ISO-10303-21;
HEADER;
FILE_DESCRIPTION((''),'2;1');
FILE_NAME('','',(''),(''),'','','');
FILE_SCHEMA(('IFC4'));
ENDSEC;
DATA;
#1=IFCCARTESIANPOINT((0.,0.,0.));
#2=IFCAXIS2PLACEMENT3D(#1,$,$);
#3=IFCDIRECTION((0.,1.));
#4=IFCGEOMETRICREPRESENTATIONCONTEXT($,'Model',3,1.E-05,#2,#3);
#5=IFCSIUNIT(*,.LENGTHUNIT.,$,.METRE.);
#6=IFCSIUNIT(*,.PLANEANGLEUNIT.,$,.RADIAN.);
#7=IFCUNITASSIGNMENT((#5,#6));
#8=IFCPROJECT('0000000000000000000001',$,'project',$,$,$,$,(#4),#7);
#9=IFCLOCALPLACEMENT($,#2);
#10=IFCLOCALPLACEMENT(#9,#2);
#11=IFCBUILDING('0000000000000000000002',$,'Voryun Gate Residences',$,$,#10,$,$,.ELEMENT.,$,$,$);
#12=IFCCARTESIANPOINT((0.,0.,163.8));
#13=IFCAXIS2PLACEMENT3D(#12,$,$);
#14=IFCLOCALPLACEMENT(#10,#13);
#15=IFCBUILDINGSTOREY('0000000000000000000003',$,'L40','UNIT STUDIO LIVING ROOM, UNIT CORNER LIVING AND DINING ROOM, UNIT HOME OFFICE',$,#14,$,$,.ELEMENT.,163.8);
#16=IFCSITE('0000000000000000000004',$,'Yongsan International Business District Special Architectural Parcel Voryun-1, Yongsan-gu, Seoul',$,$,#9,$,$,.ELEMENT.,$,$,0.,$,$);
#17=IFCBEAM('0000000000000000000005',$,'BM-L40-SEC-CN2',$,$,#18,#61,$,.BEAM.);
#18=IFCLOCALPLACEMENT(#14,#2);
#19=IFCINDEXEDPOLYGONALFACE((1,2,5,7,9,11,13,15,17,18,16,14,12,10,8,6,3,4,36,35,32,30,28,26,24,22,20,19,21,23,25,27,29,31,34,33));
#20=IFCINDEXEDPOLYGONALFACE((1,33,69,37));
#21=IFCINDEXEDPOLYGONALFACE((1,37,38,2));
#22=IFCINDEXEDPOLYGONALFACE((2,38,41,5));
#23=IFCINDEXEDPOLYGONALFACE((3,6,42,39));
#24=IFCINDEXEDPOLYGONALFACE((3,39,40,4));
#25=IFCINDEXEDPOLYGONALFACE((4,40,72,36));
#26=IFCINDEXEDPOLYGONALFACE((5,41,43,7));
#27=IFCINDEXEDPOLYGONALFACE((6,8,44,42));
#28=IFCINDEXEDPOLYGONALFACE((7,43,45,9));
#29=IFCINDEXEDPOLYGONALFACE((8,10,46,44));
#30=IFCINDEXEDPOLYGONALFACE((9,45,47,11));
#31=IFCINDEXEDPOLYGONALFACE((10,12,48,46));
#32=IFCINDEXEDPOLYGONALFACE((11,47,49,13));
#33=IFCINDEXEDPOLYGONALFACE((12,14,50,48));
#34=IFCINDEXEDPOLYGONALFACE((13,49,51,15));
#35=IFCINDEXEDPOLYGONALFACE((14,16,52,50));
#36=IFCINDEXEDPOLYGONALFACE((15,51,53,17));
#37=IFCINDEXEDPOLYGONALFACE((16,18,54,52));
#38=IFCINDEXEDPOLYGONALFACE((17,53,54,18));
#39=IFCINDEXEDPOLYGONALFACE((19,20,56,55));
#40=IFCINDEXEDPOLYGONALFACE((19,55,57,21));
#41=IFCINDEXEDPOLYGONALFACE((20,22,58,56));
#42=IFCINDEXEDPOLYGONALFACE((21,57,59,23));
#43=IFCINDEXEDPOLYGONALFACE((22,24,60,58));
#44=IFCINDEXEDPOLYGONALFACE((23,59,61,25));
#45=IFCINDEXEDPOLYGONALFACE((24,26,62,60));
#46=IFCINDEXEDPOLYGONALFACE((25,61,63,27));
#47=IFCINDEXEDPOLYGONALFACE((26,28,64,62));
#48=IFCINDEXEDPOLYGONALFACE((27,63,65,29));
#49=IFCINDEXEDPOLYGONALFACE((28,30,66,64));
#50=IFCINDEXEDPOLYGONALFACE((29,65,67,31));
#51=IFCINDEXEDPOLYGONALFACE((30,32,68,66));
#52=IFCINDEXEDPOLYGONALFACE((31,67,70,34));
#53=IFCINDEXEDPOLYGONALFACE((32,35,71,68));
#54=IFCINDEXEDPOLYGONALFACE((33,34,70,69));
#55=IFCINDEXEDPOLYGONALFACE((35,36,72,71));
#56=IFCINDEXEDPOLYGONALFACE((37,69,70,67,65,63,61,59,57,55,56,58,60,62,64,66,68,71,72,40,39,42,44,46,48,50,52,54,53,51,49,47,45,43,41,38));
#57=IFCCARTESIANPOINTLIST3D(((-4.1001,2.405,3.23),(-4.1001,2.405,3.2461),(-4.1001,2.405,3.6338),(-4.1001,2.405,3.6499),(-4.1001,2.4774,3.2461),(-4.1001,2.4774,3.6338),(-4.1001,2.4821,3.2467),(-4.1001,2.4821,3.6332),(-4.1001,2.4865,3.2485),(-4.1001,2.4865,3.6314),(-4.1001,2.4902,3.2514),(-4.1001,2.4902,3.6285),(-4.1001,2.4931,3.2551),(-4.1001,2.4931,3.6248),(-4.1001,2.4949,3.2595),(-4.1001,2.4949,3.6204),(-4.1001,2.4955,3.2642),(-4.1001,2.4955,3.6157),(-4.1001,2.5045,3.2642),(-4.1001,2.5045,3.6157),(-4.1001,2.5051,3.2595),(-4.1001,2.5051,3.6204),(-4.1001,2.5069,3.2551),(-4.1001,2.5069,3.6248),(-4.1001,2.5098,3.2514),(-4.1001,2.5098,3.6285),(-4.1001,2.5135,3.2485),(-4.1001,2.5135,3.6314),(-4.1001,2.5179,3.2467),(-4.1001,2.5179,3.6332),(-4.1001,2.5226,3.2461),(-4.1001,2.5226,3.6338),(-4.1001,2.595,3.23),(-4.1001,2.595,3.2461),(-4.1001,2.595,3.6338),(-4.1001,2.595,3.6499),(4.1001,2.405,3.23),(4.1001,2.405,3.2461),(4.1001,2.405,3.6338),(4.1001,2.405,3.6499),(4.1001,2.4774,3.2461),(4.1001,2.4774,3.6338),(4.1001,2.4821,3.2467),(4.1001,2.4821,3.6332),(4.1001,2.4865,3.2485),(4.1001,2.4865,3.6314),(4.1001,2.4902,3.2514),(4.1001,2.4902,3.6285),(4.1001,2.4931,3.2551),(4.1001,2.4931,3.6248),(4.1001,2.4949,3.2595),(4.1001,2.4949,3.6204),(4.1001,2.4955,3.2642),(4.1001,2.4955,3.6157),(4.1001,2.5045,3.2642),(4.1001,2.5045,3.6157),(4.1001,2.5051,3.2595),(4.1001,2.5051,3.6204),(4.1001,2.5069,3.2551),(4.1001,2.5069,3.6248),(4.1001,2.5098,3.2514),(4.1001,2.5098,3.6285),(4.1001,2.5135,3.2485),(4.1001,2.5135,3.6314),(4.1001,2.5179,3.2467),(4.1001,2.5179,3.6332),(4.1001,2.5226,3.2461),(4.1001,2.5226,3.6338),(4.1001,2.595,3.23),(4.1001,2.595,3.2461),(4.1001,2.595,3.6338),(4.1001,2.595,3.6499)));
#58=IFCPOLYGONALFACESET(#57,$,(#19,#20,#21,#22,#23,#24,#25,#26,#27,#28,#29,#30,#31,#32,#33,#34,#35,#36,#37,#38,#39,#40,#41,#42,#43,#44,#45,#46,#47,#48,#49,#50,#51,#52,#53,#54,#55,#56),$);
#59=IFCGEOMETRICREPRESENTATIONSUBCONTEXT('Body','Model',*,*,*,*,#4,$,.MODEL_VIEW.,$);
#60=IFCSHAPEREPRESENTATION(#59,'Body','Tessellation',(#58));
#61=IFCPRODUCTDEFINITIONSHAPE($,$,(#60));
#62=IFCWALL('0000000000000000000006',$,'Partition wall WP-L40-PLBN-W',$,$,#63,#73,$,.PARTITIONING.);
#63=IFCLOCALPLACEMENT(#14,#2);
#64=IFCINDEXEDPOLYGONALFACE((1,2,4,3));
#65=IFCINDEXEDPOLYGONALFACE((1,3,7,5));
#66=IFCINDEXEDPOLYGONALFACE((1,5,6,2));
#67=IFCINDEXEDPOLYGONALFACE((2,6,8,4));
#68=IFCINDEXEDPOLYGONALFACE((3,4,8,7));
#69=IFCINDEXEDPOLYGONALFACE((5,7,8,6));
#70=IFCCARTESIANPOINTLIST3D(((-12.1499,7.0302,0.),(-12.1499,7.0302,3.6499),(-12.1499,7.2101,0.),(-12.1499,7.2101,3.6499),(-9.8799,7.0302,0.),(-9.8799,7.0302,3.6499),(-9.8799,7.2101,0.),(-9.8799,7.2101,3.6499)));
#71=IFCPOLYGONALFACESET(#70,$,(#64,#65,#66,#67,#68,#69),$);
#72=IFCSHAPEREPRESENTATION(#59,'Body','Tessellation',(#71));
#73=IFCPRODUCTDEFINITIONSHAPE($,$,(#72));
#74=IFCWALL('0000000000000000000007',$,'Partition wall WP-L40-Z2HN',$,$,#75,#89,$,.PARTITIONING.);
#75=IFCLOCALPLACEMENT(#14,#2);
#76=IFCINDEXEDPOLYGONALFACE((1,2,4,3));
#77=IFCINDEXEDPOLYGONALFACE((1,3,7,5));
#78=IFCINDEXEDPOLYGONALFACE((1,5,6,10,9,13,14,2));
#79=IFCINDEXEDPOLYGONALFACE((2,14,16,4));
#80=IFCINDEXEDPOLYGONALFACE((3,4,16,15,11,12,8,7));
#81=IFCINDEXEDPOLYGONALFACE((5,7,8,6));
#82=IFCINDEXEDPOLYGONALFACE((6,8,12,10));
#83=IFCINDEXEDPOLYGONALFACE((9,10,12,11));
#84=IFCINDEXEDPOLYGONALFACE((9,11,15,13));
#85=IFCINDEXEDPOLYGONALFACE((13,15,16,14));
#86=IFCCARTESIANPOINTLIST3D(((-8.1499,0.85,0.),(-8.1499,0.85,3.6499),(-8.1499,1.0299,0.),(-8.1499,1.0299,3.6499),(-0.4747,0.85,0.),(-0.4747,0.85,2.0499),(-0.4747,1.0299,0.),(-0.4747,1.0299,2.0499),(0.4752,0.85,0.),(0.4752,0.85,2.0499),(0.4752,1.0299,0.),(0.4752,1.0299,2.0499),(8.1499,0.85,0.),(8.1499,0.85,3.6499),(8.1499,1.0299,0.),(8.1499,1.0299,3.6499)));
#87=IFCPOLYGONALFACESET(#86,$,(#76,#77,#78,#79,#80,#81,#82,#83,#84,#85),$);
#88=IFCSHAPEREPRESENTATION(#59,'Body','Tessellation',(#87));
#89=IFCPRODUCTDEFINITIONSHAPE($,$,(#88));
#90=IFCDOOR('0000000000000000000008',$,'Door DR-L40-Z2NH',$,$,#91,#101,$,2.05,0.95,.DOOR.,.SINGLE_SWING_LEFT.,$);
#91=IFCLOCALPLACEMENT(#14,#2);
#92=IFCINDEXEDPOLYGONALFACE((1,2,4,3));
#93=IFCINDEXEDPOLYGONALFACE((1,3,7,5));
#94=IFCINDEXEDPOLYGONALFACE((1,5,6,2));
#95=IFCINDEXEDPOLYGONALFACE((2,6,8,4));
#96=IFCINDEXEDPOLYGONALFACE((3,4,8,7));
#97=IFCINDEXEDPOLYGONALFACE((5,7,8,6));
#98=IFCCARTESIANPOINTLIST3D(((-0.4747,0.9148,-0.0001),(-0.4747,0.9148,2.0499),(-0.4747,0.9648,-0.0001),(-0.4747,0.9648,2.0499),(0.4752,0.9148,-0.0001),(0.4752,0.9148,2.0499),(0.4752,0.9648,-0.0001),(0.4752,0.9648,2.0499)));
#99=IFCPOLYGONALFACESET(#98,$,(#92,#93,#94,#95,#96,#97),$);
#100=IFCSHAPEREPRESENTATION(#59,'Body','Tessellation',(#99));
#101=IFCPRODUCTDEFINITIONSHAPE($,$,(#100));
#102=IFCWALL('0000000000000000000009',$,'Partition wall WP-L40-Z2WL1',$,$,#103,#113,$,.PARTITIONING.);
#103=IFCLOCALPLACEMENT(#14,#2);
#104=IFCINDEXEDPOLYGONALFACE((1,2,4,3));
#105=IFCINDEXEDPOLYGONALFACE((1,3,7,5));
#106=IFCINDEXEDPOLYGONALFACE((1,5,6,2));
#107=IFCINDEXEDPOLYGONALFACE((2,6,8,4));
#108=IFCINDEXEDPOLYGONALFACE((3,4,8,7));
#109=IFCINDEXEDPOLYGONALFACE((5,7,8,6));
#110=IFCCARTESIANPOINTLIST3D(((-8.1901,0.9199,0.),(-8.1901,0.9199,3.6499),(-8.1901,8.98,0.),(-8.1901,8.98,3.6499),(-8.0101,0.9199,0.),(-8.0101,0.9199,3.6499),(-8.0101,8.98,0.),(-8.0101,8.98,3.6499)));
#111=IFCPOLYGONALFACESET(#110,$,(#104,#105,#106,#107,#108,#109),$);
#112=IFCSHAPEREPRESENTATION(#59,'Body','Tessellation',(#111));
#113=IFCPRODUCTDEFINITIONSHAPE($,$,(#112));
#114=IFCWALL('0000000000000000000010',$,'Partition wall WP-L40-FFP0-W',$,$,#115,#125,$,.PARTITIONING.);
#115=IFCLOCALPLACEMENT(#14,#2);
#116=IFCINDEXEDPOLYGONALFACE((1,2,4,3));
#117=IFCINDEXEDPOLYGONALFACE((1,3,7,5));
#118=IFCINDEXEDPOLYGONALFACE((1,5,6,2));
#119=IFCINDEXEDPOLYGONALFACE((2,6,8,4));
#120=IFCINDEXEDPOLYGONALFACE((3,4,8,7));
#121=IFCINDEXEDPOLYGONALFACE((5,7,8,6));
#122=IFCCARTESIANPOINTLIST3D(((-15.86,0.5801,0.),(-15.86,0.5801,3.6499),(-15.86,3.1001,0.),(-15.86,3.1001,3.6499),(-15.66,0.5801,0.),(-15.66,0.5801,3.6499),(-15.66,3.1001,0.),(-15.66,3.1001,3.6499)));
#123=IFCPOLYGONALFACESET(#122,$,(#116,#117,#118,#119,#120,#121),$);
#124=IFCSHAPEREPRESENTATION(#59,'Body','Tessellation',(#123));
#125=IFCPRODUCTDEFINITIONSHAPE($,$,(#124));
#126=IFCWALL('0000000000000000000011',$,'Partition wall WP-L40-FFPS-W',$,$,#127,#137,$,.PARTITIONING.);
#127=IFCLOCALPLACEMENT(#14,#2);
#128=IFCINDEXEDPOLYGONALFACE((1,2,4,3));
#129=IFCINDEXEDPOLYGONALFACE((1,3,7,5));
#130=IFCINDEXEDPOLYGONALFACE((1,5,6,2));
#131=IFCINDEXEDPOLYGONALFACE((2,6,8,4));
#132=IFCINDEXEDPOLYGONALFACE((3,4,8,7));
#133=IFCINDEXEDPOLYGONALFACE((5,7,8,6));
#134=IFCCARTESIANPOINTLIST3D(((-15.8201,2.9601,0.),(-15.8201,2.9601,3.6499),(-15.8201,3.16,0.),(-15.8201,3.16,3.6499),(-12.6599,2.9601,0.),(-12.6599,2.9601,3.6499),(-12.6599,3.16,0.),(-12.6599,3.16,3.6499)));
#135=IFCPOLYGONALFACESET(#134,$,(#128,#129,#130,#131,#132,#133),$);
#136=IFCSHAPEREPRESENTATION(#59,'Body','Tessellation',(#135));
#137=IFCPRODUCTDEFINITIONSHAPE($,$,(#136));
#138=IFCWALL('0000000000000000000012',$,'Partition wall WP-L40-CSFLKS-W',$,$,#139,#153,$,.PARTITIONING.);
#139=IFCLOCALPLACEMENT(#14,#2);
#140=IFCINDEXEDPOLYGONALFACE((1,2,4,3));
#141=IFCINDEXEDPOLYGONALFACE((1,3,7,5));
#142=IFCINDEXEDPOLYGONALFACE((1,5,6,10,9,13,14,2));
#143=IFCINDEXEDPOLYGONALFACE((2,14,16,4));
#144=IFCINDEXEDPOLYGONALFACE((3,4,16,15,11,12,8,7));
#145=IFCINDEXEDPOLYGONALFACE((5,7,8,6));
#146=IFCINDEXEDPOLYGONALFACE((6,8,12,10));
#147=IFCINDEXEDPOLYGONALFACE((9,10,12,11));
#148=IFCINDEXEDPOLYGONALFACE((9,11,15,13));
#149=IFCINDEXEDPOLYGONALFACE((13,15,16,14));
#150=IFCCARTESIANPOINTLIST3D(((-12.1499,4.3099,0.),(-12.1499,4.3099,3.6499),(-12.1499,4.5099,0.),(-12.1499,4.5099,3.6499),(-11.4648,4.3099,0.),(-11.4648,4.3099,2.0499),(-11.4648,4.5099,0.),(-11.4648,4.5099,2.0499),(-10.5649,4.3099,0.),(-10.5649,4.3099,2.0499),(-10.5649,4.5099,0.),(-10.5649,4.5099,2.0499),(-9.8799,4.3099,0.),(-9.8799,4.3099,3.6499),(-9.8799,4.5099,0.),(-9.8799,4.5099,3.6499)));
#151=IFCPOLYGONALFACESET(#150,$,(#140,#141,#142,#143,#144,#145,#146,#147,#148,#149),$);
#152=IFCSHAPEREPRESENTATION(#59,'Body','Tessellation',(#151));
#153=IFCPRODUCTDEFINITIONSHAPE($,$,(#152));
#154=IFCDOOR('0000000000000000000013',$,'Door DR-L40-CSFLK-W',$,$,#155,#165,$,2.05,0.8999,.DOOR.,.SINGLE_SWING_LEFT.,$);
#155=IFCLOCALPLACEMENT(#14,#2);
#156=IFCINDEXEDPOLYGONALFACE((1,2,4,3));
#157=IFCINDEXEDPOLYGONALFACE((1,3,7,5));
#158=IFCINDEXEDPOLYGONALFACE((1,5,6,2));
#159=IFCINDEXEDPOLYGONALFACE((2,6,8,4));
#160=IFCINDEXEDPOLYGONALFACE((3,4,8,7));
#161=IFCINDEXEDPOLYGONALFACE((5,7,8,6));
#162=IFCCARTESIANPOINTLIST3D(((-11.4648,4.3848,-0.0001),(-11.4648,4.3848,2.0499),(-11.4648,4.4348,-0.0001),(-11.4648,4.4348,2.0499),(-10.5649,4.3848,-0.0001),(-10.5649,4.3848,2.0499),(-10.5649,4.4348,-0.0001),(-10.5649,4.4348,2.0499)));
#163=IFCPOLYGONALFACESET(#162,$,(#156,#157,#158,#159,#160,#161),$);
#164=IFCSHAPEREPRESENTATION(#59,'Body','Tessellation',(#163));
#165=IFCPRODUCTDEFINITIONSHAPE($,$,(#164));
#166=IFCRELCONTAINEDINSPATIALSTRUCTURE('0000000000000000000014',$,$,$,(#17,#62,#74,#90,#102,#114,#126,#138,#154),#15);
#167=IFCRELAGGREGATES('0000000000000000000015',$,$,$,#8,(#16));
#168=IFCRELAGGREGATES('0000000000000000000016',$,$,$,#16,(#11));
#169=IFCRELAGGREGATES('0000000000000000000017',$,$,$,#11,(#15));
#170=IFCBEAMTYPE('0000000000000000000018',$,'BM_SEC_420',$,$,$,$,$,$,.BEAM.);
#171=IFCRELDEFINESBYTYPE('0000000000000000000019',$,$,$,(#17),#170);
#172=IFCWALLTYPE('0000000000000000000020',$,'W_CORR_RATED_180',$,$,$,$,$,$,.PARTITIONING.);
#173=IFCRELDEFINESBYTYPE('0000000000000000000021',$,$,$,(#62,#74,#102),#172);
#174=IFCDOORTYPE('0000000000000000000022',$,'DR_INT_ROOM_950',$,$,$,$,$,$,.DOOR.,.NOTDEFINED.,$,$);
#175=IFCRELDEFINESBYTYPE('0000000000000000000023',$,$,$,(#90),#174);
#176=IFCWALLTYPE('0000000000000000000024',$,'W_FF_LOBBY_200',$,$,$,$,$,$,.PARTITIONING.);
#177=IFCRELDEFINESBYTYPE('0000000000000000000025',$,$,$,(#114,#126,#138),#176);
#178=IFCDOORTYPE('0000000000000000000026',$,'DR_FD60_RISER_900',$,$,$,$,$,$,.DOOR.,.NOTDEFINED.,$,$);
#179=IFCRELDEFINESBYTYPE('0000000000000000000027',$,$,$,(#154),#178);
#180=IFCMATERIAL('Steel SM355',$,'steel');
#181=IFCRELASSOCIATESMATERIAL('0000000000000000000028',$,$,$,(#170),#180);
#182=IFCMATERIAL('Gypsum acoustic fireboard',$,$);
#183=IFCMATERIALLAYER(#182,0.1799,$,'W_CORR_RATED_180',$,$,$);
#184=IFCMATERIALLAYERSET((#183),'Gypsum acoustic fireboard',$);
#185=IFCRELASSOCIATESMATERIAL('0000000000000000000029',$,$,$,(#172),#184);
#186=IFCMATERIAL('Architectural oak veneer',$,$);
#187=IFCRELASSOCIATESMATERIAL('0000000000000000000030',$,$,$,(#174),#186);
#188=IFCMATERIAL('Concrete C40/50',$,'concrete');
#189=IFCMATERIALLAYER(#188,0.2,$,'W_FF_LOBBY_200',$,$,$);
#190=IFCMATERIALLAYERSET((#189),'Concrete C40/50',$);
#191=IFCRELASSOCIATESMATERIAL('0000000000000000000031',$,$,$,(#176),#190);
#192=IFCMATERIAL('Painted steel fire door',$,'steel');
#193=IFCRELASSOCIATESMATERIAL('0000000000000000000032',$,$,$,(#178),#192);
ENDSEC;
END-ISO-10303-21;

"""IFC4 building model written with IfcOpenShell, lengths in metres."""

from ifc_helpers import new_model, si_unit, direction, frame, frame_2d, origin, origin_2d, place, context, subcontext, project, spatial, rectangle, i_section, extrude, material, layer, layer_set, material_profile, profile_set, type_object, element, fill, save


model = new_model("IFC4")

# Units and contexts
model_context = context("Model", 3, precision=1e-05, world=origin(), true_north=direction((0.0, 1.0)))
body_context = subcontext(model_context, "Body", "Model", "MODEL_VIEW")
ifc_project = project(units=[si_unit("LENGTHUNIT", "METRE"), si_unit("PLANEANGLEUNIT", "RADIAN")], contexts=[model_context])

# Site, building, storey
site_placement = place(None, origin())
site = spatial("IfcSite", under=ifc_project, at=site_placement, Name="Yongsan International Business District Special Architectural Parcel Voryun-1, Yongsan-gu, Seoul", CompositionType="ELEMENT", RefElevation=0.0)
building_placement = place(site_placement, origin())
building = spatial("IfcBuilding", under=site, at=building_placement, Name="Voryun Gate Residences", CompositionType="ELEMENT")
storey_placement = place(building_placement, frame((0.0, 0.0, 163.8)))
storey = spatial("IfcBuildingStorey", under=building, at=storey_placement, Name="L40", Description="UNIT STUDIO LIVING ROOM, UNIT CORNER LIVING AND DINING ROOM, UNIT HOME OFFICE", CompositionType="ELEMENT", Elevation=163.8)

# Beam
ifc_material_1 = material(Name="Steel SM355", Category="steel")
ifc_material_profile_1 = material_profile(ifc_material_1, i_section(OverallWidth=0.1899, OverallDepth=0.4199, WebThickness=0.009, FlangeThickness=0.0161, FilletRadius=0.0181, at=origin_2d()), Name="H-420x190x9x16")
ifc_profile_set_1 = profile_set([ifc_material_profile_1], Name="Steel SM355")
beam_type = type_object("IfcBeamType", Name="BM_SEC_420", PredefinedType="BEAM", material=ifc_profile_set_1)
beam_1_placement = place(storey_placement, frame((-4.1001, 2.5, 3.4399), z_axis=(1.0, 0.0, 0.0), x_axis=(0.0, 1.0, 0.0)))
element("IfcBeam", 1, at=beam_1_placement, inside=storey, type_object=beam_type, Name="BM-L40-SEC-CN2", PredefinedType="BEAM", context=body_context, shape_type="SweptSolid", body=[
    extrude(i_section(OverallWidth=0.1899, OverallDepth=0.4199, WebThickness=0.009, FlangeThickness=0.0161, FilletRadius=0.0181, at=origin_2d()), origin(), (0.0, 0.0, 1.0), 8.2002),
])

# Wall
ifc_material_2 = material(Name="Gypsum acoustic fireboard")
ifc_layer_1 = layer(ifc_material_2, 0.1799, Name="W_CORR_RATED_180")
ifc_layer_set_1 = layer_set([ifc_layer_1], Name="Gypsum acoustic fireboard")
wall_type_1 = type_object("IfcWallType", Name="W_CORR_RATED_180", PredefinedType="PARTITIONING", material=ifc_layer_set_1)
wall_1_placement = place(storey_placement, frame((-12.1499, 7.1201, 0.0), z_axis=(0.0, 0.0, 1.0), x_axis=(1.0, 0.0, 0.0)))
element("IfcWall", 2, at=wall_1_placement, inside=storey, type_object=wall_type_1, Name="Partition wall WP-L40-PLBN-W", PredefinedType="PARTITIONING", context=body_context, shape_type="SweptSolid", body=[
    extrude(rectangle(XDim=2.27, YDim=0.1799, at=frame_2d((1.135, 0.0))), origin(), (0.0, 0.0, 1.0), 3.6499),
])

# Wall, opening, door
wall_2_placement = place(storey_placement, frame((-8.1499, 0.9399, 0.0), z_axis=(0.0, 0.0, 1.0), x_axis=(1.0, 0.0, 0.0)))
wall_2 = element("IfcWall", 3, at=wall_2_placement, inside=storey, type_object=wall_type_1, Name="Partition wall WP-L40-Z2HN", PredefinedType="PARTITIONING", context=body_context, shape_type="SweptSolid", body=[
    extrude(rectangle(XDim=16.2998, YDim=0.1799, at=frame_2d((8.1499, 0.0))), origin(), (0.0, 0.0, 1.0), 3.6499),
])
opening_1_placement = place(wall_2_placement, frame((7.675, 0.0, 0.0)))
opening_1 = element("IfcOpeningElement", 4, at=opening_1_placement, cuts=wall_2, PredefinedType="OPENING", context=body_context, shape_type="SweptSolid", body=[
    extrude(rectangle(XDim=0.95, YDim=2.05, at=frame_2d((0.4751, 1.0249))), frame((0.0, 0.0999, 0.0), z_axis=(0.0, -1.0, 0.0), x_axis=(1.0, 0.0, 0.0)), (0.0, 0.0, 1.0), 0.2),
])
ifc_material_3 = material(Name="Architectural oak veneer")
door_type_1 = type_object("IfcDoorType", Name="DR_INT_ROOM_950", OperationType="NOTDEFINED", PredefinedType="DOOR", material=ifc_material_3)
door_1_placement = place(opening_1_placement, origin())
door_1 = element("IfcDoor", 5, at=door_1_placement, inside=storey, type_object=door_type_1, Name="Door DR-L40-Z2NH", OperationType="SINGLE_SWING_LEFT", OverallHeight=2.05, OverallWidth=0.95, PredefinedType="DOOR", context=body_context, shape_type="SweptSolid", body=[
    extrude(rectangle(XDim=0.95, YDim=2.05, at=frame_2d((0.4751, 1.0249))), frame((0.0, 0.0249, 0.0), z_axis=(0.0, -1.0, 0.0), x_axis=(1.0, 0.0, 0.0)), (0.0, 0.0, 1.0), 0.05),
])
fill(opening_1, door_1)

# Walls
wall_3_placement = place(storey_placement, frame((-8.1001, 0.9199, 0.0), z_axis=(0.0, 0.0, 1.0), x_axis=(0.0, 1.0, 0.0)))
element("IfcWall", 6, at=wall_3_placement, inside=storey, type_object=wall_type_1, Name="Partition wall WP-L40-Z2WL1", PredefinedType="PARTITIONING", context=body_context, shape_type="SweptSolid", body=[
    extrude(rectangle(XDim=8.0601, YDim=0.1799, at=frame_2d((4.03, 0.0))), origin(), (0.0, 0.0, 1.0), 3.6499),
])
ifc_material_4 = material(Name="Concrete C40/50", Category="concrete")
ifc_layer_2 = layer(ifc_material_4, 0.2, Name="W_FF_LOBBY_200")
ifc_layer_set_2 = layer_set([ifc_layer_2], Name="Concrete C40/50")
wall_type_2 = type_object("IfcWallType", Name="W_FF_LOBBY_200", PredefinedType="PARTITIONING", material=ifc_layer_set_2)
wall_4_placement = place(storey_placement, frame((-15.76, 0.5801, 0.0), z_axis=(0.0, 0.0, 1.0), x_axis=(0.0, 1.0, 0.0)))
element("IfcWall", 7, at=wall_4_placement, inside=storey, type_object=wall_type_2, Name="Partition wall WP-L40-FFP0-W", PredefinedType="PARTITIONING", context=body_context, shape_type="SweptSolid", body=[
    extrude(rectangle(XDim=2.52, YDim=0.2, at=frame_2d((1.26, 0.0))), origin(), (0.0, 0.0, 1.0), 3.6499),
])
wall_5_placement = place(storey_placement, frame((-15.8201, 3.0601, 0.0), z_axis=(0.0, 0.0, 1.0), x_axis=(1.0, 0.0, 0.0)))
element("IfcWall", 8, at=wall_5_placement, inside=storey, type_object=wall_type_2, Name="Partition wall WP-L40-FFPS-W", PredefinedType="PARTITIONING", context=body_context, shape_type="SweptSolid", body=[
    extrude(rectangle(XDim=3.1602, YDim=0.2, at=frame_2d((1.5801, 0.0))), origin(), (0.0, 0.0, 1.0), 3.6499),
])

# Wall, opening, door
wall_6_placement = place(storey_placement, frame((-12.1499, 4.4099, 0.0), z_axis=(0.0, 0.0, 1.0), x_axis=(1.0, 0.0, 0.0)))
wall_6 = element("IfcWall", 9, at=wall_6_placement, inside=storey, type_object=wall_type_2, Name="Partition wall WP-L40-CSFLKS-W", PredefinedType="PARTITIONING", context=body_context, shape_type="SweptSolid", body=[
    extrude(rectangle(XDim=2.27, YDim=0.2, at=frame_2d((1.135, 0.0))), origin(), (0.0, 0.0, 1.0), 3.6499),
])
opening_2_placement = place(wall_6_placement, frame((0.6851, 0.0, 0.0)))
opening_2 = element("IfcOpeningElement", 10, at=opening_2_placement, cuts=wall_6, PredefinedType="OPENING", context=body_context, shape_type="SweptSolid", body=[
    extrude(rectangle(XDim=0.8999, YDim=2.05, at=frame_2d((0.45, 1.0249))), frame((0.0, 0.1101, 0.0), z_axis=(0.0, -1.0, 0.0), x_axis=(1.0, 0.0, 0.0)), (0.0, 0.0, 1.0), 0.22),
])
ifc_material_5 = material(Name="Painted steel fire door", Category="steel")
door_type_2 = type_object("IfcDoorType", Name="DR_FD60_RISER_900", OperationType="NOTDEFINED", PredefinedType="DOOR", material=ifc_material_5)
door_2_placement = place(opening_2_placement, origin())
door_2 = element("IfcDoor", 11, at=door_2_placement, inside=storey, type_object=door_type_2, Name="Door DR-L40-CSFLK-W", OperationType="SINGLE_SWING_LEFT", OverallHeight=2.05, OverallWidth=0.8999, PredefinedType="DOOR", context=body_context, shape_type="SweptSolid", body=[
    extrude(rectangle(XDim=0.8999, YDim=2.05, at=frame_2d((0.45, 1.0249))), frame((0.0, 0.0249, 0.0), z_axis=(0.0, -1.0, 0.0), x_axis=(1.0, 0.0, 0.0)), (0.0, 0.0, 1.0), 0.05),
])
fill(opening_2, door_2)

save(model, "model.ifc")
